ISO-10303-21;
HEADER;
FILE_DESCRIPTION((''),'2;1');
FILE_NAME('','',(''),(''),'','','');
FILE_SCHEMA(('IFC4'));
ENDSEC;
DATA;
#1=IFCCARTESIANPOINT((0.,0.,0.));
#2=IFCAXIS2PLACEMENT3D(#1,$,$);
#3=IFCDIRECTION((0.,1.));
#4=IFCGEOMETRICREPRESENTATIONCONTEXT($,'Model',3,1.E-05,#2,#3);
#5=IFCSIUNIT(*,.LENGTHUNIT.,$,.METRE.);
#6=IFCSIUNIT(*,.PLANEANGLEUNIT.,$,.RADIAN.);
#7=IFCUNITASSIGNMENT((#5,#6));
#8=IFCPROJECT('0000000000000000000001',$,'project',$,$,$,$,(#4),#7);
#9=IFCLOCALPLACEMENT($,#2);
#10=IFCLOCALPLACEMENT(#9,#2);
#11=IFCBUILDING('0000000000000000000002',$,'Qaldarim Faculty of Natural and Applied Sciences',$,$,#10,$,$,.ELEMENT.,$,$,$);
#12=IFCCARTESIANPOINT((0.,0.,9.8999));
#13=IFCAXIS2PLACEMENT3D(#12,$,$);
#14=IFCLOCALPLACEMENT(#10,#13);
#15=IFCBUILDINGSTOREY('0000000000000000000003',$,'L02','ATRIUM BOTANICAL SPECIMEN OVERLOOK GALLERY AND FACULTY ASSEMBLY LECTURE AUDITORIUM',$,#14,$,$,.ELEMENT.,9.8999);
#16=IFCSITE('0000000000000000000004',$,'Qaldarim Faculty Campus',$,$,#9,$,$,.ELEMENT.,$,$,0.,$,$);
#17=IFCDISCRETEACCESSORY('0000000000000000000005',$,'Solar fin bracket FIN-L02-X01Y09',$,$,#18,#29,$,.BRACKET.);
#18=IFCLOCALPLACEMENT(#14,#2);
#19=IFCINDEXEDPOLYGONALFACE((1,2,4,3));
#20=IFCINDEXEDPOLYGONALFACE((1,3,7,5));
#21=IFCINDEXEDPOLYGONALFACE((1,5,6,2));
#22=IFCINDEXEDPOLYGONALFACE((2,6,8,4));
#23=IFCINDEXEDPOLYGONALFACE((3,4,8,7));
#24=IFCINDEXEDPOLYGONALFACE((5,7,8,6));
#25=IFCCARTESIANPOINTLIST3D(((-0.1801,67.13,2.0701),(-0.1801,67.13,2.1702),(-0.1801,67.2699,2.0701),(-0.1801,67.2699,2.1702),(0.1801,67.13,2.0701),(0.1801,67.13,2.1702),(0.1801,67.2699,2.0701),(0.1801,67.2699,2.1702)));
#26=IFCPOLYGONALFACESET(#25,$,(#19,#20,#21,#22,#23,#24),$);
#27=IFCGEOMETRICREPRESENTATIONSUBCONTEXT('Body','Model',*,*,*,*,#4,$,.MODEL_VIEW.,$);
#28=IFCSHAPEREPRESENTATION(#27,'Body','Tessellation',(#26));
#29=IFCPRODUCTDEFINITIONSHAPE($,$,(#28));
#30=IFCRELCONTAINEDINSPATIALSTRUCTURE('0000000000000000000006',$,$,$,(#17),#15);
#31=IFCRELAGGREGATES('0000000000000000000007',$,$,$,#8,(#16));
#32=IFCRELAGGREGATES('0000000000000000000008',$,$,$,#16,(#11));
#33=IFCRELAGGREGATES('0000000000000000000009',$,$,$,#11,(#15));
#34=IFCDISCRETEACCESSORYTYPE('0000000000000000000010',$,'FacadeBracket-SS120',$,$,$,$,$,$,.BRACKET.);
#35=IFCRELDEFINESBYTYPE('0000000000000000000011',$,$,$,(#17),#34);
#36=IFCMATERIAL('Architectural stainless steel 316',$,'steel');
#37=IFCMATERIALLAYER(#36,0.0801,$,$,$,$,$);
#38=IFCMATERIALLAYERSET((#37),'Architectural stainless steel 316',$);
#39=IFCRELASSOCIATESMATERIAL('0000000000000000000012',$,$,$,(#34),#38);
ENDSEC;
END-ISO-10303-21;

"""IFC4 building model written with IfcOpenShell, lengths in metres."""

from ifc_helpers import new_model, si_unit, direction, frame, origin, origin_2d, place, context, subcontext, project, spatial, rectangle, extrude, material, layer, layer_set, type_object, element, save


model = new_model("IFC4")

# Units and contexts
model_context = context("Model", 3, precision=1e-05, world=origin(), true_north=direction((0.0, 1.0)))
body_context = subcontext(model_context, "Body", "Model", "MODEL_VIEW")
ifc_project = project(units=[si_unit("LENGTHUNIT", "METRE"), si_unit("PLANEANGLEUNIT", "RADIAN")], contexts=[model_context])

# Site, building, storey
site_placement = place(None, origin())
site = spatial("IfcSite", under=ifc_project, at=site_placement, Name="Qaldarim Faculty Campus", CompositionType="ELEMENT", RefElevation=0.0)
building_placement = place(site_placement, origin())
building = spatial("IfcBuilding", under=site, at=building_placement, Name="Qaldarim Faculty of Natural and Applied Sciences", CompositionType="ELEMENT")
storey_placement = place(building_placement, frame((0.0, 0.0, 9.8999)))
storey = spatial("IfcBuildingStorey", under=building, at=storey_placement, Name="L02", Description="ATRIUM BOTANICAL SPECIMEN OVERLOOK GALLERY AND FACULTY ASSEMBLY LECTURE AUDITORIUM", CompositionType="ELEMENT", Elevation=9.8999)

# Discrete accessory
ifc_material_1 = material(Name="Architectural stainless steel 316", Category="steel")
ifc_layer_1 = layer(ifc_material_1, 0.0801)
ifc_layer_set_1 = layer_set([ifc_layer_1], Name="Architectural stainless steel 316")
discrete_accessory_type = type_object("IfcDiscreteAccessoryType", Name="FacadeBracket-SS120", PredefinedType="BRACKET", material=ifc_layer_set_1)
discrete_accessory_placement = place(storey_placement, frame((0.0, 67.2, 2.0701), z_axis=(0.0, 0.0, 1.0), x_axis=(1.0, 0.0, 0.0)))
element("IfcDiscreteAccessory", 1, at=discrete_accessory_placement, inside=storey, type_object=discrete_accessory_type, Name="Solar fin bracket FIN-L02-X01Y09", PredefinedType="BRACKET", context=body_context, shape_type="SweptSolid", body=[
    extrude(rectangle(XDim=0.3601, YDim=0.1399, at=origin_2d()), origin(), (0.0, 0.0, 1.0), 0.1001),
])

save(model, "model.ifc")
